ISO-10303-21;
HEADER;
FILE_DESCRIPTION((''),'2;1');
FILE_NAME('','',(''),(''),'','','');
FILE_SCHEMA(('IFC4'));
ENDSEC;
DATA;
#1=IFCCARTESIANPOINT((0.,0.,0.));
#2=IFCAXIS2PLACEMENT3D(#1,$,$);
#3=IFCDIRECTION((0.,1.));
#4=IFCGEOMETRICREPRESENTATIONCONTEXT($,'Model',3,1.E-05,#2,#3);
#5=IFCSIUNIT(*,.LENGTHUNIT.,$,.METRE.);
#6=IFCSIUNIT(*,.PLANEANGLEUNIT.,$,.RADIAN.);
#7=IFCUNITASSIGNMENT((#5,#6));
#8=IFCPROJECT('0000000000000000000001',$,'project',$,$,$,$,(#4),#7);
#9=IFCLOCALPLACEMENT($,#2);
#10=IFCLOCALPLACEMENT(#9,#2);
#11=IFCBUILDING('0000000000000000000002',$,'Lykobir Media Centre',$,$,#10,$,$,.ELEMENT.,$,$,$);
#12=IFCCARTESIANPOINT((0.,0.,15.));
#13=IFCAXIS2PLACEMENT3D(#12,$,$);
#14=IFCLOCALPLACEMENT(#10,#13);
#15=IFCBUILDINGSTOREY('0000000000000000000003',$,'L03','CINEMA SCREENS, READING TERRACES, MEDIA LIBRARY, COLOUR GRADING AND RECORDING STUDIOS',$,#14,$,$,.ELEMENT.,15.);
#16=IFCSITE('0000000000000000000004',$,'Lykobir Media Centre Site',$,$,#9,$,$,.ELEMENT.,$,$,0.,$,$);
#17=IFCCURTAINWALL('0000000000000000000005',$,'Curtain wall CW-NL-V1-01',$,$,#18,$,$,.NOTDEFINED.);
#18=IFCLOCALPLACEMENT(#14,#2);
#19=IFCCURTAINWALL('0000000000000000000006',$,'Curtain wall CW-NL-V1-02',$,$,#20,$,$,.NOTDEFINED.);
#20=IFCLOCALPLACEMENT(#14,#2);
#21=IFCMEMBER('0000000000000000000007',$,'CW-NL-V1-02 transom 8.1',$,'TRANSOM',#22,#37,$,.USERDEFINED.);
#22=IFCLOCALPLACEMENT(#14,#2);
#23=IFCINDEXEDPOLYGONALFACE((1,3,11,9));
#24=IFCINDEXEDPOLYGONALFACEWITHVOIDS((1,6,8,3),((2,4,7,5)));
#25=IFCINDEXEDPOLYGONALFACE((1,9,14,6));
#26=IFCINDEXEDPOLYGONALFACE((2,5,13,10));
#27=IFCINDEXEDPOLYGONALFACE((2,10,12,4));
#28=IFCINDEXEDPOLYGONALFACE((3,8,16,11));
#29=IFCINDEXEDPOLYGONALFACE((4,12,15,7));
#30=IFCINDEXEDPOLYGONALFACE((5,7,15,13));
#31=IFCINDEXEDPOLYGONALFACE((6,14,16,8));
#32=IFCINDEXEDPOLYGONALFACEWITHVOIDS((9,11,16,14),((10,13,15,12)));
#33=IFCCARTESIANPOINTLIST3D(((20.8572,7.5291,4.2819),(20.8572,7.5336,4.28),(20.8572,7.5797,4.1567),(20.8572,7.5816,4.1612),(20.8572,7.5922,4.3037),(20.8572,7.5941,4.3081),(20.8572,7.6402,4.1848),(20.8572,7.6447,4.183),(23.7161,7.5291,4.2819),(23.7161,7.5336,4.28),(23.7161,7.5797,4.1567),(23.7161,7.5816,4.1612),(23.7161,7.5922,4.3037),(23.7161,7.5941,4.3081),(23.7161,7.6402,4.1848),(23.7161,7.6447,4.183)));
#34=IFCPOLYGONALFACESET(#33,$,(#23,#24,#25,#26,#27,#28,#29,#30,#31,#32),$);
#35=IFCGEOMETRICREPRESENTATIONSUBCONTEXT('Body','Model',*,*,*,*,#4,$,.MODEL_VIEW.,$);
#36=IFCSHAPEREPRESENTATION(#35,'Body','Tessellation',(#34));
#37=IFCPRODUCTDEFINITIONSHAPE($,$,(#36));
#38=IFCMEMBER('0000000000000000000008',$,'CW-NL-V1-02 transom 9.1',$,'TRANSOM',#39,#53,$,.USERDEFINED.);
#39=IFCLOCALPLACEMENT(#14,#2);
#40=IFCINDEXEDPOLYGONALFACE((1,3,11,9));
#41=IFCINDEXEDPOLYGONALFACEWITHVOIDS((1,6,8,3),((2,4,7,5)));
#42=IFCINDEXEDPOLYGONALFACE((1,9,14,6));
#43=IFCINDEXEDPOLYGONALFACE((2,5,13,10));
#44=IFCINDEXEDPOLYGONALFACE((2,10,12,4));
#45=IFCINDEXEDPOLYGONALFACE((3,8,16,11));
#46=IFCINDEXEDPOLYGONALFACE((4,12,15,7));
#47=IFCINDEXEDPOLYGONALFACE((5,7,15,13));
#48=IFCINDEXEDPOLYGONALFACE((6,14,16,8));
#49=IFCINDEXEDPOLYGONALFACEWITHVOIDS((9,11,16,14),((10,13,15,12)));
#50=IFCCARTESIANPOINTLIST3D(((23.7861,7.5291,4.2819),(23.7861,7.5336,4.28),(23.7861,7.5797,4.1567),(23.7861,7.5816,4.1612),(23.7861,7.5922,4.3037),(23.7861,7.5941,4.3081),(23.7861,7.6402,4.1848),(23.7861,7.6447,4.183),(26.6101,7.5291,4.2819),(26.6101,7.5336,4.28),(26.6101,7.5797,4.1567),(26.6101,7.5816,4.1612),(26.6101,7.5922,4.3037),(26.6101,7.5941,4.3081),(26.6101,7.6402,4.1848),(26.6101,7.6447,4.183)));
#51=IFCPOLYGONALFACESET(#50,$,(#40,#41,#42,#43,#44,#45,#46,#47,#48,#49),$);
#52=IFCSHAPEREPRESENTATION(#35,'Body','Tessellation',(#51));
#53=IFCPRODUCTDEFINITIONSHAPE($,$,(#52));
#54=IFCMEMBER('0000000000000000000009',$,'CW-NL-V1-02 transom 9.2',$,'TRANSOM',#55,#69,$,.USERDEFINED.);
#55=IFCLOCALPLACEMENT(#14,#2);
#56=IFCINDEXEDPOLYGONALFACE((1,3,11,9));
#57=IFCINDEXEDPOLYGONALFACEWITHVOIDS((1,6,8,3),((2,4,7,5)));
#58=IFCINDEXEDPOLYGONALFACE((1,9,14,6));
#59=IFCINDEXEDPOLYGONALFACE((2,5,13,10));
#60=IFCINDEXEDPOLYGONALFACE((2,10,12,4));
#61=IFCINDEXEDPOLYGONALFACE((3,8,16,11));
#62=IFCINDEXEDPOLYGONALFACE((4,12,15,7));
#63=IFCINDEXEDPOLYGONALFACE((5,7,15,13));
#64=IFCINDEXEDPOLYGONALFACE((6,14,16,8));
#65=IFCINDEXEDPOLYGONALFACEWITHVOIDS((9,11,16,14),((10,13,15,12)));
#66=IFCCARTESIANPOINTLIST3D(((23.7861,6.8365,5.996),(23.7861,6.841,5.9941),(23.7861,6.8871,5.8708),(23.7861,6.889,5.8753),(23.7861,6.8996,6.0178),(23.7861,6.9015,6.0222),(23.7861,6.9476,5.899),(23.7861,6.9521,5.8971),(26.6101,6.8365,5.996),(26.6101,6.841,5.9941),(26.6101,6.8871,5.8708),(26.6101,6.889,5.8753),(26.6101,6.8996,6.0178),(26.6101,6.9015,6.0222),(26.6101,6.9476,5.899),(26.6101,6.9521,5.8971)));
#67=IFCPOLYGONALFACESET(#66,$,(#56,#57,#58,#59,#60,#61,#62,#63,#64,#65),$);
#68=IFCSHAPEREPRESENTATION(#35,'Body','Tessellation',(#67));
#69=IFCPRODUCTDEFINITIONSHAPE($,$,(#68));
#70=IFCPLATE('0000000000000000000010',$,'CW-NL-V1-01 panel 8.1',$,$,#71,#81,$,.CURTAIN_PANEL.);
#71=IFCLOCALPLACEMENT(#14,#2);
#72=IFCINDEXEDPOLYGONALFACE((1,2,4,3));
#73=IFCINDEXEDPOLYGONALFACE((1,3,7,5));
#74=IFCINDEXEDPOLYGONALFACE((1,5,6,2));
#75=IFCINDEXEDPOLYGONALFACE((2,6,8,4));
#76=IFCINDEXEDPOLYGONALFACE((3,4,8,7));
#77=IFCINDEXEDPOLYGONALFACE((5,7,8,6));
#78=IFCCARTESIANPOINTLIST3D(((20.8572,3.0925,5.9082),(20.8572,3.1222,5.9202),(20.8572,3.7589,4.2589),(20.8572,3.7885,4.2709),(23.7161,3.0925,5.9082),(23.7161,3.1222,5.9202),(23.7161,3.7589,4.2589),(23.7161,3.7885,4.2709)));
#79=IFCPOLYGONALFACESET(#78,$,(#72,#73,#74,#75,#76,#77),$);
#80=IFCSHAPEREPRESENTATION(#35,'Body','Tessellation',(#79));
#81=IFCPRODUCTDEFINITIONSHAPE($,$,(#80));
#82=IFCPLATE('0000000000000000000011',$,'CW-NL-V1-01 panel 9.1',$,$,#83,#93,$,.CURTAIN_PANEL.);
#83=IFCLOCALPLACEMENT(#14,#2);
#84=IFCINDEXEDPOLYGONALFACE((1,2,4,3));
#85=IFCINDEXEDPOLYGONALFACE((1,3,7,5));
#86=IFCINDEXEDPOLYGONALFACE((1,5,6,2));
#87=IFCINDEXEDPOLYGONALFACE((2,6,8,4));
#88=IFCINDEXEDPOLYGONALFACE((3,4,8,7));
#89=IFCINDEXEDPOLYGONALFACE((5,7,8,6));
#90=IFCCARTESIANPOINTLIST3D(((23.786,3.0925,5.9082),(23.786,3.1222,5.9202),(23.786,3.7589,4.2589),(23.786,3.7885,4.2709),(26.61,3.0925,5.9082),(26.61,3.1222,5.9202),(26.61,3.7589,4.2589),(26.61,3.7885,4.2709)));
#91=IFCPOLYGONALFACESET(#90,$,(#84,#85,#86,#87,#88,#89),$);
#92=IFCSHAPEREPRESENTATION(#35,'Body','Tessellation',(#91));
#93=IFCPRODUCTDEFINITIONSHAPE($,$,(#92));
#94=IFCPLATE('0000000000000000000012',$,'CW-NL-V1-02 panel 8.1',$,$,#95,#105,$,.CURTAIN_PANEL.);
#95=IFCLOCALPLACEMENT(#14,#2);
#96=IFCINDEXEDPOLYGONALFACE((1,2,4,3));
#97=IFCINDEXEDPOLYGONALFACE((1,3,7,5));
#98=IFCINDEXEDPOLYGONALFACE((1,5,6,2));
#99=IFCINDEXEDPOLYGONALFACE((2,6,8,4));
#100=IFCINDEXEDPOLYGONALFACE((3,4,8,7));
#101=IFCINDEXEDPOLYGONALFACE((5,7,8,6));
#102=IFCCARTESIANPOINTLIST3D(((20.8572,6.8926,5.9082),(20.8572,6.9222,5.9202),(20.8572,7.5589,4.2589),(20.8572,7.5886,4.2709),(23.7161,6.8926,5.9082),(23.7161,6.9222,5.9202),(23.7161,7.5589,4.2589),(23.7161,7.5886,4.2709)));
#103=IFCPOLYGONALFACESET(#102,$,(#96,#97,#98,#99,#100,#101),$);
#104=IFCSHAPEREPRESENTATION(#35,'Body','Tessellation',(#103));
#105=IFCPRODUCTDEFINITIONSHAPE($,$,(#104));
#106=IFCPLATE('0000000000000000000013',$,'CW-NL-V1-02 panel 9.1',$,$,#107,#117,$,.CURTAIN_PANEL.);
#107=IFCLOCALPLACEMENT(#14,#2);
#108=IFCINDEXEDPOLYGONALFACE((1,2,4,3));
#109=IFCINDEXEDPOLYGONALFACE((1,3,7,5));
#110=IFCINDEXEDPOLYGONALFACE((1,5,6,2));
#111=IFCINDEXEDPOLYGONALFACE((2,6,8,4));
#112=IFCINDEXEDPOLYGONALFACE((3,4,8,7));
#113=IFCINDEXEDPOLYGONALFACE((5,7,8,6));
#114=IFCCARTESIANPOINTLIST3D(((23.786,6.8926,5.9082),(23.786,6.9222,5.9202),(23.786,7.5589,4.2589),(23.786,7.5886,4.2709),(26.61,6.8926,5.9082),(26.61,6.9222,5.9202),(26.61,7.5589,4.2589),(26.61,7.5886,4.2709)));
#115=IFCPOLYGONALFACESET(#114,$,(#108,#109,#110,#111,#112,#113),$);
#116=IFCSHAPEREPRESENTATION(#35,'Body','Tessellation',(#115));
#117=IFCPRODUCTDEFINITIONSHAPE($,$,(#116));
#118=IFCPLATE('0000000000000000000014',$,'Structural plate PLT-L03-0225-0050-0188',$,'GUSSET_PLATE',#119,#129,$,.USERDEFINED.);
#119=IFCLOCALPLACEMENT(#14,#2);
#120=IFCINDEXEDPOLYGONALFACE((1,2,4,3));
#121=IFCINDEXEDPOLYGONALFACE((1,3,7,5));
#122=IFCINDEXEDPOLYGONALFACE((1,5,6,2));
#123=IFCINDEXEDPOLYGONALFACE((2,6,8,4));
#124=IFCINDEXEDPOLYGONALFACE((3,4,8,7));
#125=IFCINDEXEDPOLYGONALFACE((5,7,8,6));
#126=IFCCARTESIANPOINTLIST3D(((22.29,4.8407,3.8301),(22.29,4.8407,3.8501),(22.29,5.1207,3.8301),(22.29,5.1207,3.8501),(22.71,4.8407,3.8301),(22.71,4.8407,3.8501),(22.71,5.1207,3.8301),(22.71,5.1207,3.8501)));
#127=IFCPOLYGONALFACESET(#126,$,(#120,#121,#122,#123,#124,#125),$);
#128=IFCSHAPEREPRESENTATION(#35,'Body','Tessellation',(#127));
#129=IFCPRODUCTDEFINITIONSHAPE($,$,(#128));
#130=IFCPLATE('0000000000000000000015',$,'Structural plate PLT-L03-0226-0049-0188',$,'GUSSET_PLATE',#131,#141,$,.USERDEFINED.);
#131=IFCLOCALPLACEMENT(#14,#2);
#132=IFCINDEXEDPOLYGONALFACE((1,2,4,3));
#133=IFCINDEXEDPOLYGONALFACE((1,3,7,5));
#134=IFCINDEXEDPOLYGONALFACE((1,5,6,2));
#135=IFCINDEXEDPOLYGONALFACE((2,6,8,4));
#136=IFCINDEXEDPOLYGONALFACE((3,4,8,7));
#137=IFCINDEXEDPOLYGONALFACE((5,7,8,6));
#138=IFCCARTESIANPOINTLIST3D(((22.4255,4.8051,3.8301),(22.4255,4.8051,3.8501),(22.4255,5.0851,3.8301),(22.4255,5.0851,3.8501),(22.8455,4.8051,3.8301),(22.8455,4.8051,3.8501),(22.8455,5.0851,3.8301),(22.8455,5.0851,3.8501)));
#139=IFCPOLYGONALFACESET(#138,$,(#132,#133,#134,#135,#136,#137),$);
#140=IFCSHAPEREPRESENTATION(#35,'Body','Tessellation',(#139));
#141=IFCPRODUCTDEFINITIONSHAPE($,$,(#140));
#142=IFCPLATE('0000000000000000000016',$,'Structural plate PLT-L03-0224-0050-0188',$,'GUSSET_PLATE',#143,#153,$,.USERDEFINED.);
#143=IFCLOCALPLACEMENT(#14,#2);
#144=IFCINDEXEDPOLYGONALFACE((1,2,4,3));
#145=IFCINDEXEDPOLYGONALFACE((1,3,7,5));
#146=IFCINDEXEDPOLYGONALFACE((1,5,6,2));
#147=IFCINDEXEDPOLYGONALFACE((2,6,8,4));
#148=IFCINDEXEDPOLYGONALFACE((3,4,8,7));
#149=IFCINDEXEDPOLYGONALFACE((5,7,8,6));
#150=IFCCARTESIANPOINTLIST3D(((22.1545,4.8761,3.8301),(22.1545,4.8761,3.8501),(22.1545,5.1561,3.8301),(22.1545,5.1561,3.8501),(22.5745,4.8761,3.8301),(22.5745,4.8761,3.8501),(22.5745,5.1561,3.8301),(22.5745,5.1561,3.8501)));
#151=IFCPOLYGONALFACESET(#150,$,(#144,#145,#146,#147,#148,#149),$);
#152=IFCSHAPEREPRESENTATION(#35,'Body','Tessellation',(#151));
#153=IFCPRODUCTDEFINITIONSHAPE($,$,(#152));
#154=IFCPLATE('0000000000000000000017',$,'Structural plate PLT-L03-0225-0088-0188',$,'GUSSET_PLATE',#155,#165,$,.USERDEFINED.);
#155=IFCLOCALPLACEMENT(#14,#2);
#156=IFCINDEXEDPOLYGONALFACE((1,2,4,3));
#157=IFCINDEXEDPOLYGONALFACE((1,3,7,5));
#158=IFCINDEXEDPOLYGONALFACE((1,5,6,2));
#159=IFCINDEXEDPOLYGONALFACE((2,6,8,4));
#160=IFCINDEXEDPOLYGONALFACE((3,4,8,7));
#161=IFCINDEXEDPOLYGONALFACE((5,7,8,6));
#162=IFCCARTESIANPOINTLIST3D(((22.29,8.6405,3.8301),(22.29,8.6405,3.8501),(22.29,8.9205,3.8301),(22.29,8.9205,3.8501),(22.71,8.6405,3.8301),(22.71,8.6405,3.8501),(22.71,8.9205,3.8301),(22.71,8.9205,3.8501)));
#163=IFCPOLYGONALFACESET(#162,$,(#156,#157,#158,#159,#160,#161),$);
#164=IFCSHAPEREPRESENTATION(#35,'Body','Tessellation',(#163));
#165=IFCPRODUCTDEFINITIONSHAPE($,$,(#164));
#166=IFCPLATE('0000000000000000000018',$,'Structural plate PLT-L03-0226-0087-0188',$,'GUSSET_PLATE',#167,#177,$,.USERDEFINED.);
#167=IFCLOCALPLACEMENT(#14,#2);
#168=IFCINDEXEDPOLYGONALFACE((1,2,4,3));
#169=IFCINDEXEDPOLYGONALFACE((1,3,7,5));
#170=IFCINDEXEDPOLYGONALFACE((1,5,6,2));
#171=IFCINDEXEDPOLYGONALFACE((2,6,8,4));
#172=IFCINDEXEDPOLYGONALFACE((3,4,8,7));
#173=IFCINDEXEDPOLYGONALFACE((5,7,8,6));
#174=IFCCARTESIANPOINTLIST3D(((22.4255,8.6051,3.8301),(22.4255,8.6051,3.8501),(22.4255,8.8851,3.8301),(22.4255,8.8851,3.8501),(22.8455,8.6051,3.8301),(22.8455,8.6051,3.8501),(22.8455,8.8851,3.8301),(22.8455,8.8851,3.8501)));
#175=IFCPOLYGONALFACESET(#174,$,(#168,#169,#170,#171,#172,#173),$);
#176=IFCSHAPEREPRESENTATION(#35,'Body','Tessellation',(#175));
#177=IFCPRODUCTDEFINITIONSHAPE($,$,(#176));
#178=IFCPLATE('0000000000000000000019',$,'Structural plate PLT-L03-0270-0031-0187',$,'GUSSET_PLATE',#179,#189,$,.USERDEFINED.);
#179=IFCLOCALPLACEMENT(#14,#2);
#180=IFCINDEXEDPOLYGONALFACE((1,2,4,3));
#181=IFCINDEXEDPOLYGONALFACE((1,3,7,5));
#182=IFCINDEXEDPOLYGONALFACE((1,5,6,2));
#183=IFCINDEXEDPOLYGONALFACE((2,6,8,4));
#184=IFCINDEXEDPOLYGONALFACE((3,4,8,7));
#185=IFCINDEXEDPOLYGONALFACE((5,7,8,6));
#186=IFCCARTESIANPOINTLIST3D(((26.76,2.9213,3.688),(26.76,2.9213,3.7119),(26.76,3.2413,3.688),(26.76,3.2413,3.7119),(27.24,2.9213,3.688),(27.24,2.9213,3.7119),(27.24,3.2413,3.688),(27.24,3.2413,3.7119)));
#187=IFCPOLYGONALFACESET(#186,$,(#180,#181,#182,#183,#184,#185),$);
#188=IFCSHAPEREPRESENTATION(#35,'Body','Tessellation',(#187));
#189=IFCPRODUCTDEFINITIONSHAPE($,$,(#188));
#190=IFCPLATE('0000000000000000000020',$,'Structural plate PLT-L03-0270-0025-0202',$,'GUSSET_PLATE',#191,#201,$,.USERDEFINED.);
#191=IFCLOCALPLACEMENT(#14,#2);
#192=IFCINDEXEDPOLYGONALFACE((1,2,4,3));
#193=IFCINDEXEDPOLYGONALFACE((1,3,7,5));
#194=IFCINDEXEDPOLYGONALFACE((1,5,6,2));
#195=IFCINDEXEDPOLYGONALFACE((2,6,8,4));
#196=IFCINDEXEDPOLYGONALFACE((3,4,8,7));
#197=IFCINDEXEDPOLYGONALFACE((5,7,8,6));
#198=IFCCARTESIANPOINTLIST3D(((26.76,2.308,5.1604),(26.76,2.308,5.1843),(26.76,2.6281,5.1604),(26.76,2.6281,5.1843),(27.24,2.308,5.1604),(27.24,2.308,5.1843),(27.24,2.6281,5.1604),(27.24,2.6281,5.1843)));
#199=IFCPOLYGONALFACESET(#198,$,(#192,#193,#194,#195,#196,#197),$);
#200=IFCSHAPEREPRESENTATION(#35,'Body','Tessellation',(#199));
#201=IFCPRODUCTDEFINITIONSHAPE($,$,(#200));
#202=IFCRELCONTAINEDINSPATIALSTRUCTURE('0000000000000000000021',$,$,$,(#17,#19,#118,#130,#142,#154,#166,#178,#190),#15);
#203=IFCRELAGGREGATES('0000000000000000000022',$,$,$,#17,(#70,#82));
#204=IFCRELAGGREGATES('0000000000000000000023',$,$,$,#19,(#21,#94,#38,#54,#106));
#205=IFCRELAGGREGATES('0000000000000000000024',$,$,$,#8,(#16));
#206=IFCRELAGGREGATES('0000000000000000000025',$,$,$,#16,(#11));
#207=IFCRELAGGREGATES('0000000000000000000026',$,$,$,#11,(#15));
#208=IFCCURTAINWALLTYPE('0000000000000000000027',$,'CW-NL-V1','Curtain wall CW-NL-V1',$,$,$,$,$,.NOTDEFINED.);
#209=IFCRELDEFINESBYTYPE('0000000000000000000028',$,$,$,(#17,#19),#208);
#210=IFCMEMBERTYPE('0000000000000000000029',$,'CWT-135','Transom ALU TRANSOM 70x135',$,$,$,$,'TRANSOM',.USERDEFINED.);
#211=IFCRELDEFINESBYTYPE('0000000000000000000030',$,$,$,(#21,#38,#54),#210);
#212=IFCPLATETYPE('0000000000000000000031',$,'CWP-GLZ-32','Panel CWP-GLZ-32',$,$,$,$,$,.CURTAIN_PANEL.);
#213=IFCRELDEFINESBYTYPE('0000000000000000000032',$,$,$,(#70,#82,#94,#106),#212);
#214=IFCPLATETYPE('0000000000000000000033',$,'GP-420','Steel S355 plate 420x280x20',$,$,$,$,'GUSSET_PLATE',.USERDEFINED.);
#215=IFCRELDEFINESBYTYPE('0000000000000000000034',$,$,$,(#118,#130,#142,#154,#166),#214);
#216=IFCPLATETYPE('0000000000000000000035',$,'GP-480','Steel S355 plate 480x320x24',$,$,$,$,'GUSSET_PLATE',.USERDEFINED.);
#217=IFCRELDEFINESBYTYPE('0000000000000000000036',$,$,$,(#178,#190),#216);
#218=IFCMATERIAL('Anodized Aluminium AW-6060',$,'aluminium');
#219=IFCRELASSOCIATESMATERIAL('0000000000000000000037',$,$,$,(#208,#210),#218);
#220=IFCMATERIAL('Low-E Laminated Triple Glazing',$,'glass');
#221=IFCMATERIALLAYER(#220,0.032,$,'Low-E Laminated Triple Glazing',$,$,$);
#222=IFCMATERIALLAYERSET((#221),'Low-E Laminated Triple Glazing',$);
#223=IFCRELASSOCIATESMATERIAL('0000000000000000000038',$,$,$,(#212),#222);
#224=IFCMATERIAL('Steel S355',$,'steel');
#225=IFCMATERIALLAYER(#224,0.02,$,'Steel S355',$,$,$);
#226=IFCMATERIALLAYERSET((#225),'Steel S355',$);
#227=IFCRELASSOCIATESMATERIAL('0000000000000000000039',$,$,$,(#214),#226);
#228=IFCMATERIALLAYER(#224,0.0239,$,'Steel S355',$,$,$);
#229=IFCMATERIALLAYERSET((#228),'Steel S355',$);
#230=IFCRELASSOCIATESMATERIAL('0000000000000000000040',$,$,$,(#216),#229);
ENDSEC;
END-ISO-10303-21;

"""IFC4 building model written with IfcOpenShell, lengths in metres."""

from ifc_helpers import new_model, si_unit, direction, frame, origin, origin_2d, place, context, subcontext, project, spatial, rectangle, hollow_rectangle, extrude, material, layer, layer_set, material_profile, profile_set, type_object, element, aggregate, save


model = new_model("IFC4")

# Units and contexts
model_context = context("Model", 3, precision=1e-05, world=origin(), true_north=direction((0.0, 1.0)))
body_context = subcontext(model_context, "Body", "Model", "MODEL_VIEW")
ifc_project = project(units=[si_unit("LENGTHUNIT", "METRE"), si_unit("PLANEANGLEUNIT", "RADIAN")], contexts=[model_context])

# Site, building, storey
site_placement = place(None, origin())
site = spatial("IfcSite", under=ifc_project, at=site_placement, Name="Lykobir Media Centre Site", CompositionType="ELEMENT", RefElevation=0.0)
building_placement = place(site_placement, origin())
building = spatial("IfcBuilding", under=site, at=building_placement, Name="Lykobir Media Centre", CompositionType="ELEMENT")
storey_placement = place(building_placement, frame((0.0, 0.0, 15.0)))
storey = spatial("IfcBuildingStorey", under=building, at=storey_placement, Name="L03", Description="CINEMA SCREENS, READING TERRACES, MEDIA LIBRARY, COLOUR GRADING AND RECORDING STUDIOS", CompositionType="ELEMENT", Elevation=15.0)

# Shared definitions
ifc_material_1 = material(Name="Steel S355", Category="steel")

# Curtain walls
ifc_material_2 = material(Name="Anodized Aluminium AW-6060", Category="aluminium")
curtain_wall_type = type_object("IfcCurtainWallType", Name="CW-NL-V1", Description="Curtain wall CW-NL-V1", PredefinedType="NOTDEFINED", material=ifc_material_2)
curtain_wall_1_placement = place(storey_placement, origin())
curtain_wall_1 = element("IfcCurtainWall", 1, at=curtain_wall_1_placement, inside=storey, type_object=curtain_wall_type, Name="Curtain wall CW-NL-V1-01", PredefinedType="NOTDEFINED")
curtain_wall_2_placement = place(storey_placement, origin())
curtain_wall_2 = element("IfcCurtainWall", 2, at=curtain_wall_2_placement, inside=storey, type_object=curtain_wall_type, Name="Curtain wall CW-NL-V1-02", PredefinedType="NOTDEFINED")

# Members
ifc_material_profile_1 = material_profile(ifc_material_2, hollow_rectangle(XDim=0.0701, YDim=0.135, WallThickness=0.0034, at=origin_2d()), Name="ALU TRANSOM 70x135")
ifc_profile_set_1 = profile_set([ifc_material_profile_1], Name="Anodized Aluminium AW-6060")
member_type_1 = type_object("IfcMemberType", Name="CWT-135", Description="Transom ALU TRANSOM 70x135", ElementType="TRANSOM", PredefinedType="USERDEFINED", material=ifc_profile_set_1)
member_1_placement = place(storey_placement, frame((20.8572, 7.5869, 4.2324), z_axis=(1.0, 0.0, 0.0), x_axis=(0.0, 0.927184, 0.374607)))
member_1 = element("IfcMember", 3, at=member_1_placement, type_object=member_type_1, Name="CW-NL-V1-02 transom 8.1", ObjectType="TRANSOM", PredefinedType="USERDEFINED", context=body_context, shape_type="SweptSolid", body=[
    extrude(hollow_rectangle(XDim=0.0701, YDim=0.135, WallThickness=0.0034, at=origin_2d()), origin(), (0.0, 0.0, 1.0), 2.8589),
])
member_2_placement = place(storey_placement, frame((23.7861, 7.5869, 4.2324), z_axis=(1.0, 0.0, 0.0), x_axis=(0.0, 0.927184, 0.374607)))
member_2 = element("IfcMember", 4, at=member_2_placement, type_object=member_type_1, Name="CW-NL-V1-02 transom 9.1", ObjectType="TRANSOM", PredefinedType="USERDEFINED", context=body_context, shape_type="SweptSolid", body=[
    extrude(hollow_rectangle(XDim=0.0701, YDim=0.135, WallThickness=0.0034, at=origin_2d()), origin(), (0.0, 0.0, 1.0), 2.824),
])
member_3_placement = place(storey_placement, frame((23.7861, 6.8943, 5.9465), z_axis=(1.0, 0.0, 0.0), x_axis=(0.0, 0.927184, 0.374607)))
member_3 = element("IfcMember", 5, at=member_3_placement, type_object=member_type_1, Name="CW-NL-V1-02 transom 9.2", ObjectType="TRANSOM", PredefinedType="USERDEFINED", context=body_context, shape_type="SweptSolid", body=[
    extrude(hollow_rectangle(XDim=0.0701, YDim=0.135, WallThickness=0.0034, at=origin_2d()), origin(), (0.0, 0.0, 1.0), 2.824),
])

# Plates
ifc_material_3 = material(Name="Low-E Laminated Triple Glazing", Category="glass")
ifc_layer_1 = layer(ifc_material_3, 0.032, Name="Low-E Laminated Triple Glazing")
ifc_layer_set_1 = layer_set([ifc_layer_1], Name="Low-E Laminated Triple Glazing")
plate_type_1 = type_object("IfcPlateType", Name="CWP-GLZ-32", Description="Panel CWP-GLZ-32", PredefinedType="CURTAIN_PANEL", material=ifc_layer_set_1)
plate_1_placement = place(storey_placement, frame((22.2866, 3.7737, 4.2649), z_axis=(0.0, -0.374607, 0.927184), x_axis=(1.0, 0.0, 0.0)))
plate_1 = element("IfcPlate", 6, at=plate_1_placement, type_object=plate_type_1, Name="CW-NL-V1-01 panel 8.1", PredefinedType="CURTAIN_PANEL", context=body_context, shape_type="SweptSolid", body=[
    extrude(rectangle(XDim=2.8589, YDim=0.032, at=origin_2d()), origin(), (0.0, 0.0, 1.0), 1.7788),
])
plate_2_placement = place(storey_placement, frame((25.198, 3.7737, 4.2649), z_axis=(0.0, -0.374607, 0.927184), x_axis=(1.0, 0.0, 0.0)))
plate_2 = element("IfcPlate", 7, at=plate_2_placement, type_object=plate_type_1, Name="CW-NL-V1-01 panel 9.1", PredefinedType="CURTAIN_PANEL", context=body_context, shape_type="SweptSolid", body=[
    extrude(rectangle(XDim=2.824, YDim=0.032, at=origin_2d()), origin(), (0.0, 0.0, 1.0), 1.7788),
])
aggregate(curtain_wall_1, [plate_1, plate_2])
plate_3_placement = place(storey_placement, frame((22.2866, 7.5737, 4.2649), z_axis=(0.0, -0.374607, 0.927184), x_axis=(1.0, 0.0, 0.0)))
plate_3 = element("IfcPlate", 8, at=plate_3_placement, type_object=plate_type_1, Name="CW-NL-V1-02 panel 8.1", PredefinedType="CURTAIN_PANEL", context=body_context, shape_type="SweptSolid", body=[
    extrude(rectangle(XDim=2.8589, YDim=0.032, at=origin_2d()), origin(), (0.0, 0.0, 1.0), 1.7788),
])
plate_4_placement = place(storey_placement, frame((25.198, 7.5737, 4.2649), z_axis=(0.0, -0.374607, 0.927184), x_axis=(1.0, 0.0, 0.0)))
plate_4 = element("IfcPlate", 9, at=plate_4_placement, type_object=plate_type_1, Name="CW-NL-V1-02 panel 9.1", PredefinedType="CURTAIN_PANEL", context=body_context, shape_type="SweptSolid", body=[
    extrude(rectangle(XDim=2.824, YDim=0.032, at=origin_2d()), origin(), (0.0, 0.0, 1.0), 1.7788),
])
aggregate(curtain_wall_2, [member_1, plate_3, member_2, member_3, plate_4])

# Plates
ifc_layer_2 = layer(ifc_material_1, 0.02, Name="Steel S355")
ifc_layer_set_2 = layer_set([ifc_layer_2], Name="Steel S355")
plate_type_2 = type_object("IfcPlateType", Name="GP-420", Description="Steel S355 plate 420x280x20", ElementType="GUSSET_PLATE", PredefinedType="USERDEFINED", material=ifc_layer_set_2)
for number, where, z_axis, x_axis, name in (
    (10, (22.5, 4.9807, 3.8301), (0.0, 0.0, 1.0), (1.0, 0.0, 0.0), "Structural plate PLT-L03-0225-0050-0188"),
    (11, (22.6355, 4.9451, 3.8301), (0.0, 0.0, 1.0), (1.0, 0.0, 0.0), "Structural plate PLT-L03-0226-0049-0188"),
    (12, (22.3645, 5.0161, 3.8301), (0.0, 0.0, 1.0), (1.0, 0.0, 0.0), "Structural plate PLT-L03-0224-0050-0188"),
    (13, (22.5, 8.7805, 3.8301), (0.0, 0.0, 1.0), (1.0, 0.0, 0.0), "Structural plate PLT-L03-0225-0088-0188"),
    (14, (22.6355, 8.7451, 3.8301), (0.0, 0.0, 1.0), (1.0, 0.0, 0.0), "Structural plate PLT-L03-0226-0087-0188"),
):
    element("IfcPlate", number, at=place(storey_placement, frame(where, z_axis=z_axis, x_axis=x_axis)), inside=storey, type_object=plate_type_2, Name=name, ObjectType="GUSSET_PLATE", PredefinedType="USERDEFINED", context=body_context, shape_type="SweptSolid", body=[
        extrude(rectangle(XDim=0.4199, YDim=0.28, at=origin_2d()), origin(), (0.0, 0.0, 1.0), 0.02),
    ])
ifc_layer_3 = layer(ifc_material_1, 0.0239, Name="Steel S355")
ifc_layer_set_3 = layer_set([ifc_layer_3], Name="Steel S355")
plate_type_3 = type_object("IfcPlateType", Name="GP-480", Description="Steel S355 plate 480x320x24", ElementType="GUSSET_PLATE", PredefinedType="USERDEFINED", material=ifc_layer_set_3)
for number, where, z_axis, x_axis, name in (
    (15, (27.0, 3.0813, 3.688), (0.0, 0.0, 1.0), (1.0, 0.0, 0.0), "Structural plate PLT-L03-0270-0031-0187"),
    (16, (27.0, 2.468, 5.1604), (0.0, 0.0, 1.0), (1.0, 0.0, 0.0), "Structural plate PLT-L03-0270-0025-0202"),
):
    element("IfcPlate", number, at=place(storey_placement, frame(where, z_axis=z_axis, x_axis=x_axis)), inside=storey, type_object=plate_type_3, Name=name, ObjectType="GUSSET_PLATE", PredefinedType="USERDEFINED", context=body_context, shape_type="SweptSolid", body=[
        extrude(rectangle(XDim=0.48, YDim=0.3201, at=origin_2d()), origin(), (0.0, 0.0, 1.0), 0.0239),
    ])

save(model, "model.ifc")
